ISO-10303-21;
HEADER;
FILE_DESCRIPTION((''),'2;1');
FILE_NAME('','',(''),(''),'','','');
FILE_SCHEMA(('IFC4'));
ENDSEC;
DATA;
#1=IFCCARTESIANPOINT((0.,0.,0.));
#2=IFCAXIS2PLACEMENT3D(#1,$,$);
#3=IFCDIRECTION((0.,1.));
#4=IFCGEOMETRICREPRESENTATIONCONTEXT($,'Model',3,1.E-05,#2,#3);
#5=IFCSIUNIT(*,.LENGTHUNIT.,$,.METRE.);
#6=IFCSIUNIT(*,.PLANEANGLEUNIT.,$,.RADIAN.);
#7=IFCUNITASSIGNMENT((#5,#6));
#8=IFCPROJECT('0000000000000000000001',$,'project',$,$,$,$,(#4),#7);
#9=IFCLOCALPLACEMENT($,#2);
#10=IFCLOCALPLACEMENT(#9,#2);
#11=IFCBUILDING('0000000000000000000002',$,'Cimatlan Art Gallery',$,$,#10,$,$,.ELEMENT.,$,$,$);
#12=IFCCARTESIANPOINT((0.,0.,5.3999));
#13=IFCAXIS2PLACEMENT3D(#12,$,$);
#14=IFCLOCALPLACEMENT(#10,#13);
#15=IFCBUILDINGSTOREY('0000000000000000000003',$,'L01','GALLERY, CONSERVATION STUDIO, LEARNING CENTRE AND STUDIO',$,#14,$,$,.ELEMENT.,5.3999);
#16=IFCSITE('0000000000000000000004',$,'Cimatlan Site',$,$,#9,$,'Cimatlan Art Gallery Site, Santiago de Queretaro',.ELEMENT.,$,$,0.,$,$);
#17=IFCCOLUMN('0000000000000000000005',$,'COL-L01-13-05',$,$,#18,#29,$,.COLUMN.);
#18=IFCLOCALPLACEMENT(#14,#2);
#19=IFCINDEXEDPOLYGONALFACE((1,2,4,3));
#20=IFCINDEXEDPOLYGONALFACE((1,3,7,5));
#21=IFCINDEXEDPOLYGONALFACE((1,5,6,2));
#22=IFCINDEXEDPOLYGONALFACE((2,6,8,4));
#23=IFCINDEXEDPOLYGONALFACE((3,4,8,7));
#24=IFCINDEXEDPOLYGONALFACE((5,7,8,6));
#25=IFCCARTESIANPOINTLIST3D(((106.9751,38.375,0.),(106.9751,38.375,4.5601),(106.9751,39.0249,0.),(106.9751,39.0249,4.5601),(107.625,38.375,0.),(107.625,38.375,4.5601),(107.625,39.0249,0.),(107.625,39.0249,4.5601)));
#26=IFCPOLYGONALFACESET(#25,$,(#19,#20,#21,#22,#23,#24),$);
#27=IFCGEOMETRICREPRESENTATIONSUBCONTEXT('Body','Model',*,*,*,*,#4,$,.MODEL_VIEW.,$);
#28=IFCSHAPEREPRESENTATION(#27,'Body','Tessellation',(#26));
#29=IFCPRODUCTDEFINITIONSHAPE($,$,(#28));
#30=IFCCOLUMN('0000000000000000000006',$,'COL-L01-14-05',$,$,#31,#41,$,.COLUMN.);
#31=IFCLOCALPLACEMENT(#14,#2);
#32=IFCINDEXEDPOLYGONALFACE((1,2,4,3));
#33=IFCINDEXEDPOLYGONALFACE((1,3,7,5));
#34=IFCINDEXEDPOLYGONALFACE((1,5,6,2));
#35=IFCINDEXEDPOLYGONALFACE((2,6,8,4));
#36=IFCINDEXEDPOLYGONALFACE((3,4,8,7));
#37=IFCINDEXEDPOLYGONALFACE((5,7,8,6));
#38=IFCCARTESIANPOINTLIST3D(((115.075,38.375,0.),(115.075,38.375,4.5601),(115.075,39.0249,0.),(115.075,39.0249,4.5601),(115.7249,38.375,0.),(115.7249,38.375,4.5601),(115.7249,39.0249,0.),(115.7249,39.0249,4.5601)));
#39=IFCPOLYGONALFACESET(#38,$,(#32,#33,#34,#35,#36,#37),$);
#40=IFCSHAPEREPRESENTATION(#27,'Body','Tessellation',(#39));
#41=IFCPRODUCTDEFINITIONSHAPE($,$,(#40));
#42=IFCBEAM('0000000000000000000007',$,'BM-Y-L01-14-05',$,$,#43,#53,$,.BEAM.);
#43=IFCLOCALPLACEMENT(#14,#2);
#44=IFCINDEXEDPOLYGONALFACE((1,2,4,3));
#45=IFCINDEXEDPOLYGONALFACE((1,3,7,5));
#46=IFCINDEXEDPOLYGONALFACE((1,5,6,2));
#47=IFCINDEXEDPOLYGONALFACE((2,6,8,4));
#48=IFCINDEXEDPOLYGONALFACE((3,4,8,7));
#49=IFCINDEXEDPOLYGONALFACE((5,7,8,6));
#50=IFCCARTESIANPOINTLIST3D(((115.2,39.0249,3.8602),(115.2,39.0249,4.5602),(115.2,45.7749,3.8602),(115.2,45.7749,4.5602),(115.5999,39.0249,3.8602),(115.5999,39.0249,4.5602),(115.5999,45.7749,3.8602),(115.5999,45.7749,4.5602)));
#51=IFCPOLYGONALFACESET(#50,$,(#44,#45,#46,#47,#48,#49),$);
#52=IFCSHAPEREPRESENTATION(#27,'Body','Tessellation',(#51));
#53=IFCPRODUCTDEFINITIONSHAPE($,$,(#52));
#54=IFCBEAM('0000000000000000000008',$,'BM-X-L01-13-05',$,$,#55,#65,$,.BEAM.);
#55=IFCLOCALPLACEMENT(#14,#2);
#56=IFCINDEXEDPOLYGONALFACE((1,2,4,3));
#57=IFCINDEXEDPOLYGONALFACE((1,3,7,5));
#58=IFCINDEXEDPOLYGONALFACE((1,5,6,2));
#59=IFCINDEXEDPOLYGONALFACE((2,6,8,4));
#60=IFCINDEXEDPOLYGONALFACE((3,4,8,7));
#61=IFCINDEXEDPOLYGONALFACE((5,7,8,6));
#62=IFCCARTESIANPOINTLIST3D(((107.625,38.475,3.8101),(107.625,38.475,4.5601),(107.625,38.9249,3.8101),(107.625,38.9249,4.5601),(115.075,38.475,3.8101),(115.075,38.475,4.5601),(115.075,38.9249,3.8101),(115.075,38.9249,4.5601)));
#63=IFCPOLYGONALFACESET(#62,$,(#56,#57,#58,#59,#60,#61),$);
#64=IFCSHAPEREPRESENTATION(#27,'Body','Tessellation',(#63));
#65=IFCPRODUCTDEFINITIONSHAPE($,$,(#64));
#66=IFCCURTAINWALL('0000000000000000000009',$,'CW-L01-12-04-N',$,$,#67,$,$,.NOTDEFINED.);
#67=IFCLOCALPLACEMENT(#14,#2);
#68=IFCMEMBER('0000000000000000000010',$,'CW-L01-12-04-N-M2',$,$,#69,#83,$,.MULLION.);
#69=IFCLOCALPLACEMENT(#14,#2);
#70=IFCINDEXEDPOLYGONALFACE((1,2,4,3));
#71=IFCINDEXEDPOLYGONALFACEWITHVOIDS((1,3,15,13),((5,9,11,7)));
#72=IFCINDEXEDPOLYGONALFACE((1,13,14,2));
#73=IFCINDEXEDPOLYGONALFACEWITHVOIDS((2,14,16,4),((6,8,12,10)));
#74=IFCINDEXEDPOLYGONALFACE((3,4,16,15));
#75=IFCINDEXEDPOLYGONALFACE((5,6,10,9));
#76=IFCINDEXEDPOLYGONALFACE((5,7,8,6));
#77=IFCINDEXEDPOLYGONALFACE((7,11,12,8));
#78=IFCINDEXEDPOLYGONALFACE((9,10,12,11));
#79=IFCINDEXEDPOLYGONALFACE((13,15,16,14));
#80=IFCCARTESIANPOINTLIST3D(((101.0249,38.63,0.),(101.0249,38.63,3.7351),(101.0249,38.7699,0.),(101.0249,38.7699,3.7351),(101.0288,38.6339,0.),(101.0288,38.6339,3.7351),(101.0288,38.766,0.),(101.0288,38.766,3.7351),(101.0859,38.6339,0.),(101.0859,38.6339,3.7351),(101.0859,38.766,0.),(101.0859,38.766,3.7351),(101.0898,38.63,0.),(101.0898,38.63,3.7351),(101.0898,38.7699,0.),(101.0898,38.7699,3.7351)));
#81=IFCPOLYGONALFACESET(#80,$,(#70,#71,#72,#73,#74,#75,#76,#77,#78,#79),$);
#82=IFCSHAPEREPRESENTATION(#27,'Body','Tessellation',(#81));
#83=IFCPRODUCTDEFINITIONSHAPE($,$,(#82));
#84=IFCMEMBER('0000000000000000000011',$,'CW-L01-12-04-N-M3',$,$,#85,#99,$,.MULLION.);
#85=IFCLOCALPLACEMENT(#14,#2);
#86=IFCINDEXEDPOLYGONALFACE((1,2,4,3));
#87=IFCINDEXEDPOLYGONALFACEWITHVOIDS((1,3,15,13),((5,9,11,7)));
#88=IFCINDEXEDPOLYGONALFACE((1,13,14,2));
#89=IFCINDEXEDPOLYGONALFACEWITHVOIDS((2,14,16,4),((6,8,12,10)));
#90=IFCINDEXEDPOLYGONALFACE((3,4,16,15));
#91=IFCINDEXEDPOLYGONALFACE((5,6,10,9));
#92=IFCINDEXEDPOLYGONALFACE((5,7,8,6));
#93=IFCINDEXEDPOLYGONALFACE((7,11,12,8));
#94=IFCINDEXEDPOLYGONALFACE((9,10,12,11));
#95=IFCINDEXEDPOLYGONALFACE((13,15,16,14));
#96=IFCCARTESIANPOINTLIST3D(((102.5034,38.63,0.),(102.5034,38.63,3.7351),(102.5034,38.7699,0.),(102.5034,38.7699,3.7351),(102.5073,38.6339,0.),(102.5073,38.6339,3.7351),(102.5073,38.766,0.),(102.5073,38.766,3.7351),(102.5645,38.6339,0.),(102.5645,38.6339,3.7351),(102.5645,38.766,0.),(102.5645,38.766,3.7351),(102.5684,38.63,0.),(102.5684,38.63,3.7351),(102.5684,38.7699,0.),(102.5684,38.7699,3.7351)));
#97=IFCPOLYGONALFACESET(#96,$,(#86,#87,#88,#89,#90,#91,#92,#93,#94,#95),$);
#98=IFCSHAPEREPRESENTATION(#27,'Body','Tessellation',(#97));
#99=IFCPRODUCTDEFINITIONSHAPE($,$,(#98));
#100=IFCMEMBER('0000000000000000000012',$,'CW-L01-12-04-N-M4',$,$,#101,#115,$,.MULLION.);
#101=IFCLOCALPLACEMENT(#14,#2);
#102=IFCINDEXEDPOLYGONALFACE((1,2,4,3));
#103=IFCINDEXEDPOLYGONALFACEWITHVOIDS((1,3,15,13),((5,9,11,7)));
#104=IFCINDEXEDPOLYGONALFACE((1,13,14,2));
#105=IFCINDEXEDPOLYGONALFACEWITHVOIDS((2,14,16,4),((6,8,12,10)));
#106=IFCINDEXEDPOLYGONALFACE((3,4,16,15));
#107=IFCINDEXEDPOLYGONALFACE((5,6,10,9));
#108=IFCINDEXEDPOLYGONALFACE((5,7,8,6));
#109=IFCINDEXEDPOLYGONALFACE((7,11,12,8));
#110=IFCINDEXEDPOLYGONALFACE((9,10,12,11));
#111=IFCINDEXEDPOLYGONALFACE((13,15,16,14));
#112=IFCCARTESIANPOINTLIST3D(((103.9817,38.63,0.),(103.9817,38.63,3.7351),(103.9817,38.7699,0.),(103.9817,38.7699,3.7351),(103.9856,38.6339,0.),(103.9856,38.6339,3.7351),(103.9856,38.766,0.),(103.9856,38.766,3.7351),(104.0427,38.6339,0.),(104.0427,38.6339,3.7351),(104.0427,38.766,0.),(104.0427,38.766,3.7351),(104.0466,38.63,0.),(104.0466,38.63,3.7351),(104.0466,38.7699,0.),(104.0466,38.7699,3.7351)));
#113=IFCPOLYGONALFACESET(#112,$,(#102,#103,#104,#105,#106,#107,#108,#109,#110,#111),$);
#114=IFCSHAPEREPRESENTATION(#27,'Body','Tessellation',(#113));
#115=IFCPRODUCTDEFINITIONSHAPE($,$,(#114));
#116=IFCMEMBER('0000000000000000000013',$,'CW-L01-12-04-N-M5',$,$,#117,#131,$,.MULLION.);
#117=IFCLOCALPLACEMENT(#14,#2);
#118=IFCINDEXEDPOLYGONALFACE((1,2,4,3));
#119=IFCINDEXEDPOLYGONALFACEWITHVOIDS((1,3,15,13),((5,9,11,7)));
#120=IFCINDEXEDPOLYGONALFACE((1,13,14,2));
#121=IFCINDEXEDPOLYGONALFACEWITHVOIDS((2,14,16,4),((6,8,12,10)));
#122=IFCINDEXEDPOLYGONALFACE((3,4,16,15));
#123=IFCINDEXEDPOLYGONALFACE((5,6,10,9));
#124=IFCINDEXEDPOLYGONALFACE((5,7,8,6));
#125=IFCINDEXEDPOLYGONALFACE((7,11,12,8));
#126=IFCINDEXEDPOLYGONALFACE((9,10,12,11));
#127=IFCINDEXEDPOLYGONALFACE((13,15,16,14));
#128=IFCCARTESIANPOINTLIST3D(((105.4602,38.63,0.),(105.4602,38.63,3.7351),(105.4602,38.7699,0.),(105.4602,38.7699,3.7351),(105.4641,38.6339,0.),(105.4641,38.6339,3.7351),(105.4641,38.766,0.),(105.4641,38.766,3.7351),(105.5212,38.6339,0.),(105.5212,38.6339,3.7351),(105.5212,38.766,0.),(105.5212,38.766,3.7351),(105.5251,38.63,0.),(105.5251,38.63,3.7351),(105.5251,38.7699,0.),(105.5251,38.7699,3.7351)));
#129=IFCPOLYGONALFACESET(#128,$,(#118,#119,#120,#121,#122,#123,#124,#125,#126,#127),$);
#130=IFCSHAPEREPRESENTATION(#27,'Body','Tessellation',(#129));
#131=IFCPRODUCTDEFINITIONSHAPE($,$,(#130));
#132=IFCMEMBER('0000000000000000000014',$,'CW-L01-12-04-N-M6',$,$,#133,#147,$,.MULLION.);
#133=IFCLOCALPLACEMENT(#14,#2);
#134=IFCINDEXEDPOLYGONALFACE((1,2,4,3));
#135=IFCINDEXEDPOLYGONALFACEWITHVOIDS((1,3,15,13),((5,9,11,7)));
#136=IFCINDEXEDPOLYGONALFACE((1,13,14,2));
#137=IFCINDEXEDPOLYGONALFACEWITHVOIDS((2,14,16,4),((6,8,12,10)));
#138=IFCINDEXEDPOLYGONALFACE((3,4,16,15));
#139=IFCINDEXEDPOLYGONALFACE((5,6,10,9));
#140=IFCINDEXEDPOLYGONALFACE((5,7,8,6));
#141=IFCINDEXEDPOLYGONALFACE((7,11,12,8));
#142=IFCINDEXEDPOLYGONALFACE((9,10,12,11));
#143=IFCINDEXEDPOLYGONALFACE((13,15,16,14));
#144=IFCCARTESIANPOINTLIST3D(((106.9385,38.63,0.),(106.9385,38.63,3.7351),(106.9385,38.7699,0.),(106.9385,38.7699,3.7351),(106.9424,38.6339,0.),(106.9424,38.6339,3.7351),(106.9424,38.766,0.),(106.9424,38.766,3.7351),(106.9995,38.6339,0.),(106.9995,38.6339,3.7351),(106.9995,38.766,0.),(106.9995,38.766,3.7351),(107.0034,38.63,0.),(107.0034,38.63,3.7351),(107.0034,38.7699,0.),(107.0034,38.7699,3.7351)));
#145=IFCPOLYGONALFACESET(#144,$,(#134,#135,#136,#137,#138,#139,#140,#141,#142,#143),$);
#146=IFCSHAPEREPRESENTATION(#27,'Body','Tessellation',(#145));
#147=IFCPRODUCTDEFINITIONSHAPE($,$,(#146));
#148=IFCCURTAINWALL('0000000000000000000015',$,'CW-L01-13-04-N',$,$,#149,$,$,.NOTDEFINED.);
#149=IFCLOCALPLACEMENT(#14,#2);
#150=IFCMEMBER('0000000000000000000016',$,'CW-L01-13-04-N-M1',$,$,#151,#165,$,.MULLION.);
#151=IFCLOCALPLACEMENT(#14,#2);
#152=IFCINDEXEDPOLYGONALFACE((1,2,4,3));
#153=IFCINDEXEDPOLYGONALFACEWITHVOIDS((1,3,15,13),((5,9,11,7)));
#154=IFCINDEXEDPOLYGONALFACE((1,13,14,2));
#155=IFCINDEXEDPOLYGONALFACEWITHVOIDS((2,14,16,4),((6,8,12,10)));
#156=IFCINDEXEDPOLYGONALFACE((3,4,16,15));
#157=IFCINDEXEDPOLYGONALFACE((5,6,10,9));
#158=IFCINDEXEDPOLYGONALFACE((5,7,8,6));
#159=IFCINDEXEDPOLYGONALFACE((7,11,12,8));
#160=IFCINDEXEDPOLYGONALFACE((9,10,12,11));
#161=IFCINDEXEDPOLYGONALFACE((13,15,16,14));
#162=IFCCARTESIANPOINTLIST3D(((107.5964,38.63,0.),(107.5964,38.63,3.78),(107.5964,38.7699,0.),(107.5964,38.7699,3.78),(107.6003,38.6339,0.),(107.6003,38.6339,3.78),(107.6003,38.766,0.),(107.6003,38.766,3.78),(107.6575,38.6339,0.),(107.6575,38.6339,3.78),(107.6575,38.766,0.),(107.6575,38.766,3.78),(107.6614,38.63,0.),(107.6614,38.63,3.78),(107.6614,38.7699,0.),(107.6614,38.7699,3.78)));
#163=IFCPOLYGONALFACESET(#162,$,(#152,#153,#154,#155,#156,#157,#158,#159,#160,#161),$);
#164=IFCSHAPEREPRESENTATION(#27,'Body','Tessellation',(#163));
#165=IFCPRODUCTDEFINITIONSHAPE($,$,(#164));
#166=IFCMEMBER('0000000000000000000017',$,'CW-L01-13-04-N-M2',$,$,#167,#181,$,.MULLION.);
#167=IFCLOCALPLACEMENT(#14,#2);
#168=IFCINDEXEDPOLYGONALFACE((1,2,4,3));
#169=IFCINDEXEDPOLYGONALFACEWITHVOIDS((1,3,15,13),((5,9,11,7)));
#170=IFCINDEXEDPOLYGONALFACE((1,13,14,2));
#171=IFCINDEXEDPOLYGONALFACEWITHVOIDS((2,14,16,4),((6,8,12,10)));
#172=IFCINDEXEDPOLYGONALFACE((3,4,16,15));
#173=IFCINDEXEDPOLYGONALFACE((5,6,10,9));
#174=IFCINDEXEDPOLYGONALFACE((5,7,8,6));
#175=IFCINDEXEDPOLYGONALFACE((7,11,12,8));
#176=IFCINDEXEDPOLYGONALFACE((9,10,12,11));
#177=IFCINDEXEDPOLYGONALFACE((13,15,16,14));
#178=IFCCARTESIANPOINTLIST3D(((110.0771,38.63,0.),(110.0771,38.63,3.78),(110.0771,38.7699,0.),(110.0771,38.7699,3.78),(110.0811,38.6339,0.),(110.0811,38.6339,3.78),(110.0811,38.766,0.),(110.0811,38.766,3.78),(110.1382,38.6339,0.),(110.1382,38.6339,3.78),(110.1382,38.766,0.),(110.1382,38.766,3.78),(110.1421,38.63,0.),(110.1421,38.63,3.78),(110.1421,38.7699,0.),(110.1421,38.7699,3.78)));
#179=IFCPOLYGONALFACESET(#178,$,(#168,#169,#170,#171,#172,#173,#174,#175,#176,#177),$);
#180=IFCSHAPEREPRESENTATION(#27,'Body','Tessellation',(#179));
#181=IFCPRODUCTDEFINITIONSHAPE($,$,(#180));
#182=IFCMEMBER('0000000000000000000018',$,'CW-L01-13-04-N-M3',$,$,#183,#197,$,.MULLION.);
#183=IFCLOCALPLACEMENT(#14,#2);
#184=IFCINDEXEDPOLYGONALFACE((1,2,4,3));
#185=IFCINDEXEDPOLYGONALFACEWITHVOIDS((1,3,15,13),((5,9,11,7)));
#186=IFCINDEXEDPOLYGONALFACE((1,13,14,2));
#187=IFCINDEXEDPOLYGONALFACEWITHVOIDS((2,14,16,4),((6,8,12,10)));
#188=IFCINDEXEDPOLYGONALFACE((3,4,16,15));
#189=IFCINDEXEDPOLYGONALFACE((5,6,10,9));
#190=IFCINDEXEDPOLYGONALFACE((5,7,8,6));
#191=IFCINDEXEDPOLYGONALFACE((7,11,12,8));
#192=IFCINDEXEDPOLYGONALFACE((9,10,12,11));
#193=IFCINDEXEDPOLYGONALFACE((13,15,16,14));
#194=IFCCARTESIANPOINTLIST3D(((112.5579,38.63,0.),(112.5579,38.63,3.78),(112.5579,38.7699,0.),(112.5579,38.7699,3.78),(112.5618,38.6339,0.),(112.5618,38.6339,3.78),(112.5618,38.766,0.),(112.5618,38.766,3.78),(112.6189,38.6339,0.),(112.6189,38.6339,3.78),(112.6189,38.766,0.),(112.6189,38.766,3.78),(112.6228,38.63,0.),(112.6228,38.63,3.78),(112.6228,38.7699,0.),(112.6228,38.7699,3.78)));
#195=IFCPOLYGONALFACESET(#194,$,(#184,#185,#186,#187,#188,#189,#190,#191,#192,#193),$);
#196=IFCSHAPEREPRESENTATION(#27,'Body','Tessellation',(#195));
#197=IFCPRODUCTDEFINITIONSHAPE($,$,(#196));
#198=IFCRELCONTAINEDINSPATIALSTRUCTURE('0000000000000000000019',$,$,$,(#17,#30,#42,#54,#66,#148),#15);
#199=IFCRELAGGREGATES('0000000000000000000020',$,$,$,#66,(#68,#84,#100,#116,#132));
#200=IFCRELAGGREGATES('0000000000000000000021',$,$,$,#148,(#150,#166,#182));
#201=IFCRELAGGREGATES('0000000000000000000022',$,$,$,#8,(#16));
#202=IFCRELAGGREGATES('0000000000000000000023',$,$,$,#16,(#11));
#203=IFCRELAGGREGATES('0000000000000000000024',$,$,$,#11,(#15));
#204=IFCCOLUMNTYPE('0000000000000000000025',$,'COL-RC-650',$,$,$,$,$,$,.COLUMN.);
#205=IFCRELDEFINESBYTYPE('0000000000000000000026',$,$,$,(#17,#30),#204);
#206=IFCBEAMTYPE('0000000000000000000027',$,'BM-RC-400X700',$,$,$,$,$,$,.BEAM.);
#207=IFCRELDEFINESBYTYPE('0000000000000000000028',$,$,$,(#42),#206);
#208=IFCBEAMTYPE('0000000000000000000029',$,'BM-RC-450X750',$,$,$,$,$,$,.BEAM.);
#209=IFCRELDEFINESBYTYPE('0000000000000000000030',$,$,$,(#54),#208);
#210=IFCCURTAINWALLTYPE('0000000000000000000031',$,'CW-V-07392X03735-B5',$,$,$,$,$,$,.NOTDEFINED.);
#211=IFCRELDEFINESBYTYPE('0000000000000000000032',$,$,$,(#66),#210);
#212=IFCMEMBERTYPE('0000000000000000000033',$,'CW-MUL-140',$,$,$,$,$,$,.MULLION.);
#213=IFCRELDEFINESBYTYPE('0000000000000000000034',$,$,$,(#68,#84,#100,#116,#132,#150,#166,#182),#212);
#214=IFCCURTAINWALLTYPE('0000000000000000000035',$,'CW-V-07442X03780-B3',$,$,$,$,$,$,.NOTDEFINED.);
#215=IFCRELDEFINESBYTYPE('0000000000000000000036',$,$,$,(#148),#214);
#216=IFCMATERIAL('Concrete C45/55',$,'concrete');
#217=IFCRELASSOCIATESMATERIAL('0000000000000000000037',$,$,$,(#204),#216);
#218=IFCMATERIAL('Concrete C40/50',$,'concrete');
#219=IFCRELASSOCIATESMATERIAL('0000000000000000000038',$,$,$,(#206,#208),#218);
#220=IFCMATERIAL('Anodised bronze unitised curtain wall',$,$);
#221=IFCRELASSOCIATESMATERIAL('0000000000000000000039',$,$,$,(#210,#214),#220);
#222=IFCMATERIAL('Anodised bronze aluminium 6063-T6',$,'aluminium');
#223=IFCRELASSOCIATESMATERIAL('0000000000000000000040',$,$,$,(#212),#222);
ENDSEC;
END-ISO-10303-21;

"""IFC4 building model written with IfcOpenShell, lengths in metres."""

from ifc_helpers import new_model, si_unit, direction, frame, origin, origin_2d, place, context, subcontext, project, spatial, rectangle, hollow_rectangle, extrude, material, material_profile, profile_set, type_object, element, aggregate, save


model = new_model("IFC4")

# Units and contexts
model_context = context("Model", 3, precision=1e-05, world=origin(), true_north=direction((0.0, 1.0)))
body_context = subcontext(model_context, "Body", "Model", "MODEL_VIEW")
ifc_project = project(units=[si_unit("LENGTHUNIT", "METRE"), si_unit("PLANEANGLEUNIT", "RADIAN")], contexts=[model_context])

# Site, building, storey
site_placement = place(None, origin())
site = spatial("IfcSite", under=ifc_project, at=site_placement, Name="Cimatlan Site", LongName="Cimatlan Art Gallery Site, Santiago de Queretaro", CompositionType="ELEMENT", RefElevation=0.0)
building_placement = place(site_placement, origin())
building = spatial("IfcBuilding", under=site, at=building_placement, Name="Cimatlan Art Gallery", CompositionType="ELEMENT")
storey_placement = place(building_placement, frame((0.0, 0.0, 5.3999)))
storey = spatial("IfcBuildingStorey", under=building, at=storey_placement, Name="L01", Description="GALLERY, CONSERVATION STUDIO, LEARNING CENTRE AND STUDIO", CompositionType="ELEMENT", Elevation=5.3999)

# Columns
ifc_material_1 = material(Name="Concrete C45/55", Category="concrete")
ifc_material_profile_1 = material_profile(ifc_material_1, rectangle(XDim=0.6499, YDim=0.6499, at=origin_2d()), Name="RC650X650")
ifc_profile_set_1 = profile_set([ifc_material_profile_1], Name="Concrete C45/55")
column_type = type_object("IfcColumnType", Name="COL-RC-650", PredefinedType="COLUMN", material=ifc_profile_set_1)
for number, where, z_axis, x_axis, name in (
    (1, (107.3, 38.7, 0.0), (0.0, 0.0, 1.0), (1.0, 0.0, 0.0), "COL-L01-13-05"),
    (2, (115.3999, 38.7, 0.0), (0.0, 0.0, 1.0), (1.0, 0.0, 0.0), "COL-L01-14-05"),
):
    element("IfcColumn", number, at=place(storey_placement, frame(where, z_axis=z_axis, x_axis=x_axis)), inside=storey, type_object=column_type, Name=name, PredefinedType="COLUMN", context=body_context, shape_type="SweptSolid", body=[
        extrude(rectangle(XDim=0.6499, YDim=0.6499, at=origin_2d()), origin(), (0.0, 0.0, 1.0), 4.5601),
    ])

# Beams
ifc_material_2 = material(Name="Concrete C40/50", Category="concrete")
ifc_material_profile_2 = material_profile(ifc_material_2, rectangle(XDim=0.3999, YDim=0.7, at=origin_2d()), Name="RC400X700")
ifc_profile_set_2 = profile_set([ifc_material_profile_2], Name="Concrete C40/50")
beam_type_1 = type_object("IfcBeamType", Name="BM-RC-400X700", PredefinedType="BEAM", material=ifc_profile_set_2)
beam_1_placement = place(storey_placement, frame((115.3999, 39.0249, 4.2102), z_axis=(0.0, 1.0, 0.0), x_axis=(-1.0, 0.0, 0.0)))
element("IfcBeam", 3, at=beam_1_placement, inside=storey, type_object=beam_type_1, Name="BM-Y-L01-14-05", PredefinedType="BEAM", context=body_context, shape_type="SweptSolid", body=[
    extrude(rectangle(XDim=0.3999, YDim=0.7, at=origin_2d()), origin(), (0.0, 0.0, 1.0), 6.75),
])
ifc_material_profile_3 = material_profile(ifc_material_2, rectangle(XDim=0.45, YDim=0.75, at=origin_2d()), Name="RC450X750")
ifc_profile_set_3 = profile_set([ifc_material_profile_3], Name="Concrete C40/50")
beam_type_2 = type_object("IfcBeamType", Name="BM-RC-450X750", PredefinedType="BEAM", material=ifc_profile_set_3)
beam_2_placement = place(storey_placement, frame((107.625, 38.7, 4.1851), z_axis=(1.0, 0.0, 0.0), x_axis=(0.0, 1.0, 0.0)))
element("IfcBeam", 4, at=beam_2_placement, inside=storey, type_object=beam_type_2, Name="BM-X-L01-13-05", PredefinedType="BEAM", context=body_context, shape_type="SweptSolid", body=[
    extrude(rectangle(XDim=0.45, YDim=0.75, at=origin_2d()), origin(), (0.0, 0.0, 1.0), 7.45),
])

# Curtain walls, members
ifc_material_3 = material(Name="Anodised bronze unitised curtain wall")
curtain_wall_type_1 = type_object("IfcCurtainWallType", Name="CW-V-07392X03735-B5", PredefinedType="NOTDEFINED", material=ifc_material_3)
curtain_wall_1_placement = place(storey_placement, origin())
curtain_wall_1 = element("IfcCurtainWall", 5, at=curtain_wall_1_placement, inside=storey, type_object=curtain_wall_type_1, Name="CW-L01-12-04-N", PredefinedType="NOTDEFINED")
ifc_material_4 = material(Name="Anodised bronze aluminium 6063-T6", Category="aluminium")
ifc_material_profile_4 = material_profile(ifc_material_4, hollow_rectangle(XDim=0.0649, YDim=0.1399, WallThickness=0.0039, at=origin_2d()), Name="ALU65X140X4")
ifc_profile_set_4 = profile_set([ifc_material_profile_4], Name="Anodised bronze aluminium 6063-T6")
member_type_1 = type_object("IfcMemberType", Name="CW-MUL-140", PredefinedType="MULLION", material=ifc_profile_set_4)
member_1_placement = place(storey_placement, frame((101.0574, 38.7, 0.0), z_axis=(0.0, 0.0, 1.0), x_axis=(1.0, 0.0, 0.0)))
member_1 = element("IfcMember", 6, at=member_1_placement, type_object=member_type_1, Name="CW-L01-12-04-N-M2", PredefinedType="MULLION", context=body_context, shape_type="SweptSolid", body=[
    extrude(hollow_rectangle(XDim=0.0649, YDim=0.1399, WallThickness=0.0039, at=origin_2d()), origin(), (0.0, 0.0, 1.0), 3.7351),
])
member_2_placement = place(storey_placement, frame((102.5359, 38.7, 0.0), z_axis=(0.0, 0.0, 1.0), x_axis=(1.0, 0.0, 0.0)))
member_2 = element("IfcMember", 7, at=member_2_placement, type_object=member_type_1, Name="CW-L01-12-04-N-M3", PredefinedType="MULLION", context=body_context, shape_type="SweptSolid", body=[
    extrude(hollow_rectangle(XDim=0.0649, YDim=0.1399, WallThickness=0.0039, at=origin_2d()), origin(), (0.0, 0.0, 1.0), 3.7351),
])
member_3_placement = place(storey_placement, frame((104.0142, 38.7, 0.0), z_axis=(0.0, 0.0, 1.0), x_axis=(1.0, 0.0, 0.0)))
member_3 = element("IfcMember", 8, at=member_3_placement, type_object=member_type_1, Name="CW-L01-12-04-N-M4", PredefinedType="MULLION", context=body_context, shape_type="SweptSolid", body=[
    extrude(hollow_rectangle(XDim=0.0649, YDim=0.1399, WallThickness=0.0039, at=origin_2d()), origin(), (0.0, 0.0, 1.0), 3.7351),
])
member_4_placement = place(storey_placement, frame((105.4927, 38.7, 0.0), z_axis=(0.0, 0.0, 1.0), x_axis=(1.0, 0.0, 0.0)))
member_4 = element("IfcMember", 9, at=member_4_placement, type_object=member_type_1, Name="CW-L01-12-04-N-M5", PredefinedType="MULLION", context=body_context, shape_type="SweptSolid", body=[
    extrude(hollow_rectangle(XDim=0.0649, YDim=0.1399, WallThickness=0.0039, at=origin_2d()), origin(), (0.0, 0.0, 1.0), 3.7351),
])
member_5_placement = place(storey_placement, frame((106.9709, 38.7, 0.0), z_axis=(0.0, 0.0, 1.0), x_axis=(1.0, 0.0, 0.0)))
member_5 = element("IfcMember", 10, at=member_5_placement, type_object=member_type_1, Name="CW-L01-12-04-N-M6", PredefinedType="MULLION", context=body_context, shape_type="SweptSolid", body=[
    extrude(hollow_rectangle(XDim=0.0649, YDim=0.1399, WallThickness=0.0039, at=origin_2d()), origin(), (0.0, 0.0, 1.0), 3.7351),
])
curtain_wall_type_2 = type_object("IfcCurtainWallType", Name="CW-V-07442X03780-B3", PredefinedType="NOTDEFINED", material=ifc_material_3)
curtain_wall_2_placement = place(storey_placement, origin())
curtain_wall_2 = element("IfcCurtainWall", 11, at=curtain_wall_2_placement, inside=storey, type_object=curtain_wall_type_2, Name="CW-L01-13-04-N", PredefinedType="NOTDEFINED")
member_6_placement = place(storey_placement, frame((107.6289, 38.7, 0.0), z_axis=(0.0, 0.0, 1.0), x_axis=(1.0, 0.0, 0.0)))
member_6 = element("IfcMember", 12, at=member_6_placement, type_object=member_type_1, Name="CW-L01-13-04-N-M1", PredefinedType="MULLION", context=body_context, shape_type="SweptSolid", body=[
    extrude(hollow_rectangle(XDim=0.0649, YDim=0.1399, WallThickness=0.0039, at=origin_2d()), origin(), (0.0, 0.0, 1.0), 3.78),
])
member_7_placement = place(storey_placement, frame((110.1096, 38.7, 0.0), z_axis=(0.0, 0.0, 1.0), x_axis=(1.0, 0.0, 0.0)))
member_7 = element("IfcMember", 13, at=member_7_placement, type_object=member_type_1, Name="CW-L01-13-04-N-M2", PredefinedType="MULLION", context=body_context, shape_type="SweptSolid", body=[
    extrude(hollow_rectangle(XDim=0.0649, YDim=0.1399, WallThickness=0.0039, at=origin_2d()), origin(), (0.0, 0.0, 1.0), 3.78),
])
member_8_placement = place(storey_placement, frame((112.5903, 38.7, 0.0), z_axis=(0.0, 0.0, 1.0), x_axis=(1.0, 0.0, 0.0)))
member_8 = element("IfcMember", 14, at=member_8_placement, type_object=member_type_1, Name="CW-L01-13-04-N-M3", PredefinedType="MULLION", context=body_context, shape_type="SweptSolid", body=[
    extrude(hollow_rectangle(XDim=0.0649, YDim=0.1399, WallThickness=0.0039, at=origin_2d()), origin(), (0.0, 0.0, 1.0), 3.78),
])

aggregate(curtain_wall_1, [member_1, member_2, member_3, member_4, member_5])
aggregate(curtain_wall_2, [member_6, member_7, member_8])

save(model, "model.ifc")
